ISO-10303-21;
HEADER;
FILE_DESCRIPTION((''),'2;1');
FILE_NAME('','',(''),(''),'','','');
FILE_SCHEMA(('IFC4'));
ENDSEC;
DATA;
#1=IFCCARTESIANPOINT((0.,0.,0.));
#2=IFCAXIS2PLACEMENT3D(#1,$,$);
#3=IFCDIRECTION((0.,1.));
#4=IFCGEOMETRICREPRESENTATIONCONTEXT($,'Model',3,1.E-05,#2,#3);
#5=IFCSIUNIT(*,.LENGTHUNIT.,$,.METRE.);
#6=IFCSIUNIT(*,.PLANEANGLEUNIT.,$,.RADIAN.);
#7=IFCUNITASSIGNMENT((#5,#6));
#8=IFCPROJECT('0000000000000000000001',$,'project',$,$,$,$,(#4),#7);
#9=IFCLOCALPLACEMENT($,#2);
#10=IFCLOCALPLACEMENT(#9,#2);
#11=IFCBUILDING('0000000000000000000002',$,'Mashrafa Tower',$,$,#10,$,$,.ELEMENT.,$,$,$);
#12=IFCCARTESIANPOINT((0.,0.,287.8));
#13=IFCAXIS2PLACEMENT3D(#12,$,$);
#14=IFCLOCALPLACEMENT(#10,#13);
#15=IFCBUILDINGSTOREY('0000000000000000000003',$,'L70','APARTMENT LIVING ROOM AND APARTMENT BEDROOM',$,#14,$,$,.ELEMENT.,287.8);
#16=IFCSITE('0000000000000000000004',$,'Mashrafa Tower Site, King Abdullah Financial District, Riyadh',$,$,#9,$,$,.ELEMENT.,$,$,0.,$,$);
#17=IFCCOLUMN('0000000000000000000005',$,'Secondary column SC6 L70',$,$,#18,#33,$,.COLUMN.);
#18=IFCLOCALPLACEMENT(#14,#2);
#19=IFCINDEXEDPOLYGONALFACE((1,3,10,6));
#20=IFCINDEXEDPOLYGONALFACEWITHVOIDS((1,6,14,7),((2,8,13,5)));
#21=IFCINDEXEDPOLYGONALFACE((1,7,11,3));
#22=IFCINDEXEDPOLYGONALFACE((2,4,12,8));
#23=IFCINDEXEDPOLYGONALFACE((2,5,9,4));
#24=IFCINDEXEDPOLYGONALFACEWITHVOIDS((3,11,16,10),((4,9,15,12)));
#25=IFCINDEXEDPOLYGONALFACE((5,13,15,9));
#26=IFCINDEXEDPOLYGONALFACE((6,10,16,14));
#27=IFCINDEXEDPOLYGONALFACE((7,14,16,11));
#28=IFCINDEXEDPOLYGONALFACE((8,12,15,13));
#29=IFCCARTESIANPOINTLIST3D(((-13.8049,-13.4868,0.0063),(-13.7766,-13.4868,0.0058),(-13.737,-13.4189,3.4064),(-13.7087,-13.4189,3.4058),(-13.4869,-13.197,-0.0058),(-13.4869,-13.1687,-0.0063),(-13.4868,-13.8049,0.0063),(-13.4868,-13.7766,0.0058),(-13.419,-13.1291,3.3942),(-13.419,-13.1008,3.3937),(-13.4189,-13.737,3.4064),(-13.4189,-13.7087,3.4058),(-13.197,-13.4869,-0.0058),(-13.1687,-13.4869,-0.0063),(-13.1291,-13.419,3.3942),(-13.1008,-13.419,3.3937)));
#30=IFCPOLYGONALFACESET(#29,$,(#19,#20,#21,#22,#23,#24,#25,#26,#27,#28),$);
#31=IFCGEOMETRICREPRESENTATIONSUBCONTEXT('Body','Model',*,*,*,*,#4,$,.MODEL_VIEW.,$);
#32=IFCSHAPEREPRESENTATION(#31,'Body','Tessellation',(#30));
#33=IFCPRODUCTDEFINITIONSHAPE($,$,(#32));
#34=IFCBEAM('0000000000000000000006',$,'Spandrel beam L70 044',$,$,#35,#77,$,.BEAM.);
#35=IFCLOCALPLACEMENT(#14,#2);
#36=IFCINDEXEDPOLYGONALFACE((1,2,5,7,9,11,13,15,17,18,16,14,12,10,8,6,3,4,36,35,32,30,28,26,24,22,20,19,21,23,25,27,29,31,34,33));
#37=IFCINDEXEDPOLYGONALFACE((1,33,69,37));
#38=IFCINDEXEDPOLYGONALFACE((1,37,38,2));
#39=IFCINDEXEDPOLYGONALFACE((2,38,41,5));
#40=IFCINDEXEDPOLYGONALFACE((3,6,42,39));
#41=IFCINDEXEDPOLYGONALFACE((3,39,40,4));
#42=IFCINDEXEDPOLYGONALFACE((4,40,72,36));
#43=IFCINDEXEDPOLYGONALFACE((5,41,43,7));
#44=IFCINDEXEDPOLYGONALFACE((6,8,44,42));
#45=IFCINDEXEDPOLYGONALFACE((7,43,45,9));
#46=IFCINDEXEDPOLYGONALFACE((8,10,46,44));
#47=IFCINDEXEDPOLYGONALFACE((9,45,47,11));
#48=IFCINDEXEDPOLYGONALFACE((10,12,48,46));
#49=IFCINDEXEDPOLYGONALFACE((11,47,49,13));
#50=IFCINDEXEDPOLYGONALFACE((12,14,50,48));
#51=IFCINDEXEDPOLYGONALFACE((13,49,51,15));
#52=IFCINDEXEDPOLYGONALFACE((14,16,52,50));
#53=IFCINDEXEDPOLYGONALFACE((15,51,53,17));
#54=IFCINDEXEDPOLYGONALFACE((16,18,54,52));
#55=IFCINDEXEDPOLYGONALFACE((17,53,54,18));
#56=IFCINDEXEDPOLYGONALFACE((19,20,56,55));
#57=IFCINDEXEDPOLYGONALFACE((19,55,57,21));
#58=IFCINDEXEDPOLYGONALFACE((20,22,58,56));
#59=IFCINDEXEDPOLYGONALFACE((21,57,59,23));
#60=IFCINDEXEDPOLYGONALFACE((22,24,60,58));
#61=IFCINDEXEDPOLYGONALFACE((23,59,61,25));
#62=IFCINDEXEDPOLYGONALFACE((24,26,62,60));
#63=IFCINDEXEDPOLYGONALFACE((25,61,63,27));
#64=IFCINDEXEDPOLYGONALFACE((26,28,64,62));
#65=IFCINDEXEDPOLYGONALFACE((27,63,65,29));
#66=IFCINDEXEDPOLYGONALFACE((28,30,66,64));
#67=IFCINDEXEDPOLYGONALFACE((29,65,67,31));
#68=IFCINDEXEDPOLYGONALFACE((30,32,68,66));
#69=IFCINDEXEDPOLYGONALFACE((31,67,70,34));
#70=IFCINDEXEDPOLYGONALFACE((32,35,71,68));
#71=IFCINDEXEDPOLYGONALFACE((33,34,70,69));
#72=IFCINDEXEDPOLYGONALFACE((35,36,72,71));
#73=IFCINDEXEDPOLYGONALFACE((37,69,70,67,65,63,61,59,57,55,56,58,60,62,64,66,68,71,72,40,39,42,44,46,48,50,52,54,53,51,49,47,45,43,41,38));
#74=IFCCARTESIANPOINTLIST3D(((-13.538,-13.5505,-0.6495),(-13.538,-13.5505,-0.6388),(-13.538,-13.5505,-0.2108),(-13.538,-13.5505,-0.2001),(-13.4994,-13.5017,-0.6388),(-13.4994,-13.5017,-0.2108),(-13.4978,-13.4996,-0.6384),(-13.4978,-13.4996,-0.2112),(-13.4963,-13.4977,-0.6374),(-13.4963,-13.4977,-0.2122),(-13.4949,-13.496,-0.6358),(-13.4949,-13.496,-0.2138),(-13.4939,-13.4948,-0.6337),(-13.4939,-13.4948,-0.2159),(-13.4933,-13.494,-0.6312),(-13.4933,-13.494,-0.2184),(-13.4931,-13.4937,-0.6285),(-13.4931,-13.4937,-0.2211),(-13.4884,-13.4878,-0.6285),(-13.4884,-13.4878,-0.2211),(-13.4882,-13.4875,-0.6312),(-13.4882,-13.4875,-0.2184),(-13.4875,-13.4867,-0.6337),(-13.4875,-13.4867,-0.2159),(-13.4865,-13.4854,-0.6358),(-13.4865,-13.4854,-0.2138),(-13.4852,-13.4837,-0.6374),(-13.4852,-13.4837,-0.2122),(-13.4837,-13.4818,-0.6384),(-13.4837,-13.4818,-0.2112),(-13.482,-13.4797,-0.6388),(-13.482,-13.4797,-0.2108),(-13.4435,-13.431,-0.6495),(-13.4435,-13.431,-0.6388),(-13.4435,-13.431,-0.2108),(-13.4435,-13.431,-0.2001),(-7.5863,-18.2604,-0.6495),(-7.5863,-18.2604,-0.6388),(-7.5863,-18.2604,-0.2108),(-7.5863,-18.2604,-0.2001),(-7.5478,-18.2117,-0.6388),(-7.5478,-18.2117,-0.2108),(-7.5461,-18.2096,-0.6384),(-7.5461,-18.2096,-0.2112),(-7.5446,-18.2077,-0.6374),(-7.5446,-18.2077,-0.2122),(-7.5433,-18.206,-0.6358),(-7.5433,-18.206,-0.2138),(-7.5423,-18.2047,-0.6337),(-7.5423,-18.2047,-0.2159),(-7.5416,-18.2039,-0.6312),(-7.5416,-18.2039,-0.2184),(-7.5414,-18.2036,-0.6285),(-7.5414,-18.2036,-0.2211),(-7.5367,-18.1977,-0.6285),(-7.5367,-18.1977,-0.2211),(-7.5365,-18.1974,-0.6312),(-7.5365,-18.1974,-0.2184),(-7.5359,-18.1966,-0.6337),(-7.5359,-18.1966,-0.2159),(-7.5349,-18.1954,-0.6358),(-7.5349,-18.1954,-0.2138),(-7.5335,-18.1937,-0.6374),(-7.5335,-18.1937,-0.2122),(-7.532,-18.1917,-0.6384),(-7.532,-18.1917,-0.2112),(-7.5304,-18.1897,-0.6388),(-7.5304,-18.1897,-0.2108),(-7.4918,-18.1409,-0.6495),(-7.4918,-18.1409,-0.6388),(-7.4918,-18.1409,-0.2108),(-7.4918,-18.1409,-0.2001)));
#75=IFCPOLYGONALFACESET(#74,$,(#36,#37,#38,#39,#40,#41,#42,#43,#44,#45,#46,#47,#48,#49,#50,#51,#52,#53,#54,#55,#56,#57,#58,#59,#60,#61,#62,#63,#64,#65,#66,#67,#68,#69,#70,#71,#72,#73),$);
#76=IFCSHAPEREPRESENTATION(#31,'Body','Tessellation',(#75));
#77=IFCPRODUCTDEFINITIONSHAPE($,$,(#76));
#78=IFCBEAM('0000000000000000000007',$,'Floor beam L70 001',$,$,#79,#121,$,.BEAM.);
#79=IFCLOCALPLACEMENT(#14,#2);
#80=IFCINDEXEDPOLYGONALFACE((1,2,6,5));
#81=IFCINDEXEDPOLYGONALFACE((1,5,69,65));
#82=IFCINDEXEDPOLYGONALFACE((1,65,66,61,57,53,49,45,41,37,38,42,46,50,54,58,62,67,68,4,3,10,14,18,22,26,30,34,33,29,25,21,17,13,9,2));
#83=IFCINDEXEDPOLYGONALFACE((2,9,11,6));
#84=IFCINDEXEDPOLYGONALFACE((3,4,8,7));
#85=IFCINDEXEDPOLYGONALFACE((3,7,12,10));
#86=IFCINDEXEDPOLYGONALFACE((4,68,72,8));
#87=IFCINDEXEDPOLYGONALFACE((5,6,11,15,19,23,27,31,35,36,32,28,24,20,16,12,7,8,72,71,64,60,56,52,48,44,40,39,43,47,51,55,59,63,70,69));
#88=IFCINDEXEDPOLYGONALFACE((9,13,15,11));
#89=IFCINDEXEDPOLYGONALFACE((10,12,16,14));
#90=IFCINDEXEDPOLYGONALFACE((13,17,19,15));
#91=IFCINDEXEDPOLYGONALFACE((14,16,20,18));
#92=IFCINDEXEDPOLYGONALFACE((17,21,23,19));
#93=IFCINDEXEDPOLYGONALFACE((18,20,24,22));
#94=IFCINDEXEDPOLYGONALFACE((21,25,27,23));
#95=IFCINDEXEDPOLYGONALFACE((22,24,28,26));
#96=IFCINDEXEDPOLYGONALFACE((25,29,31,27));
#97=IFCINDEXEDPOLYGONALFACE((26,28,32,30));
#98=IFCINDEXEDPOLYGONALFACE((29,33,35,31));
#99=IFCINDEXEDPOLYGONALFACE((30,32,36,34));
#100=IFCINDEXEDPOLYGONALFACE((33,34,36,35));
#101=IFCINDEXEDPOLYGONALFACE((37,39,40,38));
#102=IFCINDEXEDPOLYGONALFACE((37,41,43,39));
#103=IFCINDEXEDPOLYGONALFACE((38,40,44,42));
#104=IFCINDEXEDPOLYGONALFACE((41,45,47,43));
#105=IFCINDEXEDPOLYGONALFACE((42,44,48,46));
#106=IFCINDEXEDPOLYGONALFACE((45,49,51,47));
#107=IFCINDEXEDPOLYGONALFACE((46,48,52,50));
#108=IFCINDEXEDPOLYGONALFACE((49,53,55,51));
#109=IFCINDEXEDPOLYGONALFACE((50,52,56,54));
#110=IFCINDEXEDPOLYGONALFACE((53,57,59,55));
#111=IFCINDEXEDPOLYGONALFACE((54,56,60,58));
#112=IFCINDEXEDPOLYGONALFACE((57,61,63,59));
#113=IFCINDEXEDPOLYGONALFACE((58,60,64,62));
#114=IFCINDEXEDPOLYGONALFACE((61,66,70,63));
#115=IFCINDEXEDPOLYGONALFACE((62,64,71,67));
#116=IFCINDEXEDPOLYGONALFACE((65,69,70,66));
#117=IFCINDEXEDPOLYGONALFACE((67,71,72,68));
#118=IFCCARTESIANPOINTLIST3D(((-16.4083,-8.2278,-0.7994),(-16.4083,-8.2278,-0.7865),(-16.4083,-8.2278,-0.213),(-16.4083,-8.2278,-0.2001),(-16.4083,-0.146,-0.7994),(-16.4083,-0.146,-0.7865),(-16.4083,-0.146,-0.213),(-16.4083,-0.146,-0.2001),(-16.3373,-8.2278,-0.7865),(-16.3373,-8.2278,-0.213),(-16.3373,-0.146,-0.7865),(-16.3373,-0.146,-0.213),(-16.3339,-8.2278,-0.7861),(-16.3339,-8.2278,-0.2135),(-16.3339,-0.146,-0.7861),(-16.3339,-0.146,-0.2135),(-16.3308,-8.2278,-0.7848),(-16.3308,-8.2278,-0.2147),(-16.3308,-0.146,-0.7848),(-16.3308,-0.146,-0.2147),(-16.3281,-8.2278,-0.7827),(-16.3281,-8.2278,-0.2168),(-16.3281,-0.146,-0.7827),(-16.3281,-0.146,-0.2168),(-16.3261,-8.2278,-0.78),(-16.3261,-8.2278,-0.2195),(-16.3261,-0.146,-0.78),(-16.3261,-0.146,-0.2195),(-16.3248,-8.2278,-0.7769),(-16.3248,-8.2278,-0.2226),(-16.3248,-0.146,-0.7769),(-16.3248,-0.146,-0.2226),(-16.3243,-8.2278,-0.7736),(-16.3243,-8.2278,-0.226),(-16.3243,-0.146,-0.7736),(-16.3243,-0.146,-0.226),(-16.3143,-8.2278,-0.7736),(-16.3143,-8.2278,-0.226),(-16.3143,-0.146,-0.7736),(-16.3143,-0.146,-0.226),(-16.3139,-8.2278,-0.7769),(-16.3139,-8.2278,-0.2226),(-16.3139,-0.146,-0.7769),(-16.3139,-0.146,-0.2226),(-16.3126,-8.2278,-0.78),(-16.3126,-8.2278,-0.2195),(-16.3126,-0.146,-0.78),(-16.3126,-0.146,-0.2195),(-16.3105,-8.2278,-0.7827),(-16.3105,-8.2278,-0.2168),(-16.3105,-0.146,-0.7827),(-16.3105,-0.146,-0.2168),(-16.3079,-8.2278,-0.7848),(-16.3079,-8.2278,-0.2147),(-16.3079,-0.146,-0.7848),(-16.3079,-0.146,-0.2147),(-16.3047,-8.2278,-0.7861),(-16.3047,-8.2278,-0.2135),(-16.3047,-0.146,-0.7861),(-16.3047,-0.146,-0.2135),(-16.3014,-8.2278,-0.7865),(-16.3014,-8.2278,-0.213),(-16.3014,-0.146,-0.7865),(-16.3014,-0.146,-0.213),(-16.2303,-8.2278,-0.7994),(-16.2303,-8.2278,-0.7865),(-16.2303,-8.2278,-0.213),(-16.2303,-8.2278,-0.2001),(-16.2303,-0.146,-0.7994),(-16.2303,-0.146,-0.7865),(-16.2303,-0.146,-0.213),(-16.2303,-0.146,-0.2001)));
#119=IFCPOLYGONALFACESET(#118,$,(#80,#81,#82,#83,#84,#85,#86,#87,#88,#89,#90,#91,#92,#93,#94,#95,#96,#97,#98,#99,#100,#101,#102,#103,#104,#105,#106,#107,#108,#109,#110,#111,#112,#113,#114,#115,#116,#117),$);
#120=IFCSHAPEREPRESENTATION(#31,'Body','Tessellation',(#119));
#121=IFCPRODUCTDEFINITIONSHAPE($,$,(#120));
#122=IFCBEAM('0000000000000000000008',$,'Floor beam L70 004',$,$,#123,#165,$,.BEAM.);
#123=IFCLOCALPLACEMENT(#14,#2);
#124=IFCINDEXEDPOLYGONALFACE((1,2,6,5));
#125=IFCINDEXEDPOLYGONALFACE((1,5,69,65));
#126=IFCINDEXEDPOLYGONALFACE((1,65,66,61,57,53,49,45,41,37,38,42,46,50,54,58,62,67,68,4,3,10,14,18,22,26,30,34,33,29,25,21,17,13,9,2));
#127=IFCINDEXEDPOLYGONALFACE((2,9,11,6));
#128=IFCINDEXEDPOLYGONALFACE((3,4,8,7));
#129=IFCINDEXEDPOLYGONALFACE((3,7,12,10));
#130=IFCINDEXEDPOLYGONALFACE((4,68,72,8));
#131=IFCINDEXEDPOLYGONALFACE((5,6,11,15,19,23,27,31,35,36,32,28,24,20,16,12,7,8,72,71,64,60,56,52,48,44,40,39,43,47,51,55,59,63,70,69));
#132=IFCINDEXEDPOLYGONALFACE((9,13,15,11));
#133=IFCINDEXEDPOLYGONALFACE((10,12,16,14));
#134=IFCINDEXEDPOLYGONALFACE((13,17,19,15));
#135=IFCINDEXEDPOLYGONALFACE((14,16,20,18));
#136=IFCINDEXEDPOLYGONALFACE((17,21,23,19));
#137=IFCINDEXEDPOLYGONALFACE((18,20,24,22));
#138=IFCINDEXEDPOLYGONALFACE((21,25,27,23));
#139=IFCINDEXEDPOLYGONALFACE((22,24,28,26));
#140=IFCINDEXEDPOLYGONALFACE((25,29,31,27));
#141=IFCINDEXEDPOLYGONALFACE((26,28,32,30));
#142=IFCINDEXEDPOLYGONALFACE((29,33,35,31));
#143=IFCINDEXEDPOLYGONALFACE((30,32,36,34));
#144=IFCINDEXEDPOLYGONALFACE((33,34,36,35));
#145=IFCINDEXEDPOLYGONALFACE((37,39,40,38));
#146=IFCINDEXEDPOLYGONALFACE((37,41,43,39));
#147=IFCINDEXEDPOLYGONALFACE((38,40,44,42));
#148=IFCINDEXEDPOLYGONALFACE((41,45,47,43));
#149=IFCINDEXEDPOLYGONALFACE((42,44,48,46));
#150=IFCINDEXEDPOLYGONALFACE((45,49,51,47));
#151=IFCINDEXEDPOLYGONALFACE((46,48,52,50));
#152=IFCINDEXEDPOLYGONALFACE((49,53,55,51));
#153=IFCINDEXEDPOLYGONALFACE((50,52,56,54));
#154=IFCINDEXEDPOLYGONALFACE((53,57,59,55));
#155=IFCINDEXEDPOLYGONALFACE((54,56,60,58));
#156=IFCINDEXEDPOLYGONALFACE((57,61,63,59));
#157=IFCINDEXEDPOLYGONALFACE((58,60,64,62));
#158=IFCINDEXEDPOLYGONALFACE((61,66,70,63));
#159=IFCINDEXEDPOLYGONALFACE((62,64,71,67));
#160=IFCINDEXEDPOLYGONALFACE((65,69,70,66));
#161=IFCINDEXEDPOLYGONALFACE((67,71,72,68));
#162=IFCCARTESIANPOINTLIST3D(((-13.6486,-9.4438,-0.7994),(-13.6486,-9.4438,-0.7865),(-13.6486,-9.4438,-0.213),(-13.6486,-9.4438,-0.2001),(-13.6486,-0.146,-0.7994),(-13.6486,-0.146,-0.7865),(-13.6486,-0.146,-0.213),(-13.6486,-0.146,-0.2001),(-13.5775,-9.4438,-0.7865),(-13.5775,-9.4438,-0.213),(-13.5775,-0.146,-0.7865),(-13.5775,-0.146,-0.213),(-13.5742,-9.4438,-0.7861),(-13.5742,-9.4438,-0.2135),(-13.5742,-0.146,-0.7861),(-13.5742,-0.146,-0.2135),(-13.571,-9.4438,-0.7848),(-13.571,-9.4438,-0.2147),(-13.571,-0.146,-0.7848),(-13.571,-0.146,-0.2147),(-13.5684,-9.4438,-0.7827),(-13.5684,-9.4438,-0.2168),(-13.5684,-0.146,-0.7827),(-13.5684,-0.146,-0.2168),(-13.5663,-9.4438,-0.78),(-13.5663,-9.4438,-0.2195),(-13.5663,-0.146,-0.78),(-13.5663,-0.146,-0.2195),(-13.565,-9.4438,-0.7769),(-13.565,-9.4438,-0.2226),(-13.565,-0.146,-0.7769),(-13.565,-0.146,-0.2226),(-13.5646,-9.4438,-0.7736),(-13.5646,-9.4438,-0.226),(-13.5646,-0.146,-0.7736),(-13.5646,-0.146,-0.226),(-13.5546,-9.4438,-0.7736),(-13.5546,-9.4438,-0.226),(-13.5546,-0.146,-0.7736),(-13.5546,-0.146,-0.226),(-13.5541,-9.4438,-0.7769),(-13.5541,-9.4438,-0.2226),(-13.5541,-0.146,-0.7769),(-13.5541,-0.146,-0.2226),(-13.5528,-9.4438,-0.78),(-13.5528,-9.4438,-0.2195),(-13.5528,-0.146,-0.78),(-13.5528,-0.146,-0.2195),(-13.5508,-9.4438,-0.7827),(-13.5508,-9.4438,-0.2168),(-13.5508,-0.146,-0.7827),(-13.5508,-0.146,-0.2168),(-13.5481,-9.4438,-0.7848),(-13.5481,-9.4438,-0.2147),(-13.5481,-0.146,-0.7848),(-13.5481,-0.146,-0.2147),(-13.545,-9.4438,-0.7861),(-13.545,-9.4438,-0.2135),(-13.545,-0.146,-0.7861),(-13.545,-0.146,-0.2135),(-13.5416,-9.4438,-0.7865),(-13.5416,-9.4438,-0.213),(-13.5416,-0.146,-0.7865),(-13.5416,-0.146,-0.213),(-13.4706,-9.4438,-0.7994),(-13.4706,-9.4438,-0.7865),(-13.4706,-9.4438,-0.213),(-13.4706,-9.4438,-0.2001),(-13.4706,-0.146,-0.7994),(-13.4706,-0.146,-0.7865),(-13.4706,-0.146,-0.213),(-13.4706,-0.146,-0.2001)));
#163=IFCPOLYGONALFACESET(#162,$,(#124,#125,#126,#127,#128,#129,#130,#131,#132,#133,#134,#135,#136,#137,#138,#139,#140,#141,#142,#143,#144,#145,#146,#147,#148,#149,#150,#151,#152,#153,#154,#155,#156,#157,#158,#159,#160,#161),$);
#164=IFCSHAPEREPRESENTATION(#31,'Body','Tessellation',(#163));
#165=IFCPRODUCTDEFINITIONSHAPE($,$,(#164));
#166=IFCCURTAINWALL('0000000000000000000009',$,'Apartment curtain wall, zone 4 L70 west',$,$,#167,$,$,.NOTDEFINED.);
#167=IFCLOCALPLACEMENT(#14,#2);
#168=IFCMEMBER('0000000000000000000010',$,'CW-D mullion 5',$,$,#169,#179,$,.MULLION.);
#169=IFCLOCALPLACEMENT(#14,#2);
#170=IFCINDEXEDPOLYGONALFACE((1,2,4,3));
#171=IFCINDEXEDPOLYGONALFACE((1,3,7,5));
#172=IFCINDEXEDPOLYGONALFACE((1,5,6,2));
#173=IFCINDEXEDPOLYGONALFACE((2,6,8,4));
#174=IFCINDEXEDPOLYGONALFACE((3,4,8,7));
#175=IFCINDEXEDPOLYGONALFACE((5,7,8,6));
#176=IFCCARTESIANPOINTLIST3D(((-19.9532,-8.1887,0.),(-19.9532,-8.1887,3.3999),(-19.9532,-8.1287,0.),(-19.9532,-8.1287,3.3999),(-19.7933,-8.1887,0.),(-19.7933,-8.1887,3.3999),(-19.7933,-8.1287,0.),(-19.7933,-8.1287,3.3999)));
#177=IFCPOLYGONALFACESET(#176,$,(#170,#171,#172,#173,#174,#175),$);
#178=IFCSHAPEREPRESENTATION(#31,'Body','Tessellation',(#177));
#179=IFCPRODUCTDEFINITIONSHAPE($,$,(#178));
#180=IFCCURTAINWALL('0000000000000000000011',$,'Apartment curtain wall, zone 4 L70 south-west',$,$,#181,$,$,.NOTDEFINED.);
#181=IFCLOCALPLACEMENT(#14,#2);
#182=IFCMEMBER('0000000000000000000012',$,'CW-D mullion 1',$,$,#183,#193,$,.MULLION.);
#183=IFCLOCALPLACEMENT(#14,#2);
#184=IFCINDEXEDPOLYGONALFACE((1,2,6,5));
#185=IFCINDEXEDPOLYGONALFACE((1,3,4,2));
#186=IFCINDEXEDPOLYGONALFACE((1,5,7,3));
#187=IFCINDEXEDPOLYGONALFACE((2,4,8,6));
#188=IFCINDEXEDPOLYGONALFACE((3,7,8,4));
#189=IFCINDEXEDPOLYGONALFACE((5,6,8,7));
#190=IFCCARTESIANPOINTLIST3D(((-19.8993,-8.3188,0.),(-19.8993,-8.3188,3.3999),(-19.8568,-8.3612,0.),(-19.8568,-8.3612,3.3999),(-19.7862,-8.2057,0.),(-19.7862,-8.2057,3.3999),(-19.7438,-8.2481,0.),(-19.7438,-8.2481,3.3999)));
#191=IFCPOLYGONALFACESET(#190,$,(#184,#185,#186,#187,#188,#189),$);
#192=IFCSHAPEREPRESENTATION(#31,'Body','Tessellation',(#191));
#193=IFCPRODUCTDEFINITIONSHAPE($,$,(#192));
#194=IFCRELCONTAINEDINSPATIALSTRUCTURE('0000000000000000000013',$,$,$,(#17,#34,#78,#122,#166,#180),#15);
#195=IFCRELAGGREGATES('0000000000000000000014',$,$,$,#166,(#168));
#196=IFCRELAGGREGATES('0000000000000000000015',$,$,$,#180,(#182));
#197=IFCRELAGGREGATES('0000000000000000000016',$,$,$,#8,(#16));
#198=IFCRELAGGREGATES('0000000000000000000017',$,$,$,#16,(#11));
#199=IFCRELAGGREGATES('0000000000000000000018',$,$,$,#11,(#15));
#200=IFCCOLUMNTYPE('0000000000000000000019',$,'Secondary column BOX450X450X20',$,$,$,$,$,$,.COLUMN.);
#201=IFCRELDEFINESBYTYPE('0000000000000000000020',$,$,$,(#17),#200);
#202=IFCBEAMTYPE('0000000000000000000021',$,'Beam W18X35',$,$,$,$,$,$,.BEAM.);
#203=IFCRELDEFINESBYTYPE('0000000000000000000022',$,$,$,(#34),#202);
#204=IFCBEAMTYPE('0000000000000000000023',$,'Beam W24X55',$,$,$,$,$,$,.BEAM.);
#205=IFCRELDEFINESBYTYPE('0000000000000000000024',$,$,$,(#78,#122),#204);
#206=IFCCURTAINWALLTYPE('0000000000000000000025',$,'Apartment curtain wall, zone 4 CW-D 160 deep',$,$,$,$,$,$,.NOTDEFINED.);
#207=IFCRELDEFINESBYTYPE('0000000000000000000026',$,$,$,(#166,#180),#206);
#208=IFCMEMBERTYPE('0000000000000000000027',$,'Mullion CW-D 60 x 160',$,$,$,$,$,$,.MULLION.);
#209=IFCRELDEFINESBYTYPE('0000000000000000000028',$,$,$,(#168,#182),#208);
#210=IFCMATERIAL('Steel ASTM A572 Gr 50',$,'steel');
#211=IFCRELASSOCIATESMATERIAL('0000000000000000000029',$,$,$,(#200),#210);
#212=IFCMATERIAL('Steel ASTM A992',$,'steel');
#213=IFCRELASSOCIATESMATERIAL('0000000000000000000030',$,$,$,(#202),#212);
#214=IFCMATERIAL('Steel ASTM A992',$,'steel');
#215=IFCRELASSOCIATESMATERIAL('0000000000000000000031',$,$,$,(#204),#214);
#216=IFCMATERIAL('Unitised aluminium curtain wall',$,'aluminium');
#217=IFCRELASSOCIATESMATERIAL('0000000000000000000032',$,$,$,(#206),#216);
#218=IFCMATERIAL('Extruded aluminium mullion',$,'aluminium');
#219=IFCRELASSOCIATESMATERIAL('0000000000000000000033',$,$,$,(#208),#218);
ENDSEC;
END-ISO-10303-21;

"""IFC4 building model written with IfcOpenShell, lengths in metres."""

from ifc_helpers import new_model, si_unit, direction, frame, origin, origin_2d, place, context, subcontext, project, spatial, rectangle, hollow_rectangle, i_section, extrude, source, transform, mapped, material, material_profile, profile_set, type_object, type_shapes, element, aggregate, save


model = new_model("IFC4")

# Units and contexts
model_context = context("Model", 3, precision=1e-05, world=origin(), true_north=direction((0.0, 1.0)))
body_context = subcontext(model_context, "Body", "Model", "MODEL_VIEW")
ifc_project = project(units=[si_unit("LENGTHUNIT", "METRE"), si_unit("PLANEANGLEUNIT", "RADIAN")], contexts=[model_context])

# Site, building, storey
site_placement = place(None, origin())
site = spatial("IfcSite", under=ifc_project, at=site_placement, Name="Mashrafa Tower Site, King Abdullah Financial District, Riyadh", CompositionType="ELEMENT", RefElevation=0.0)
building_placement = place(site_placement, origin())
building = spatial("IfcBuilding", under=site, at=building_placement, Name="Mashrafa Tower", CompositionType="ELEMENT")
storey_placement = place(building_placement, frame((0.0, 0.0, 287.8)))
storey = spatial("IfcBuildingStorey", under=building, at=storey_placement, Name="L70", Description="APARTMENT LIVING ROOM AND APARTMENT BEDROOM", CompositionType="ELEMENT", Elevation=287.8)

# Column
ifc_material_1 = material(Name="Steel ASTM A572 Gr 50", Category="steel")
ifc_material_profile_1 = material_profile(ifc_material_1, hollow_rectangle(XDim=0.45, YDim=0.45, WallThickness=0.02, at=origin_2d()), Name="BOX450X450X20")
ifc_profile_set_1 = profile_set([ifc_material_profile_1], Name="Steel ASTM A572 Gr 50")
column_type = type_object("IfcColumnType", Name="Secondary column BOX450X450X20", PredefinedType="COLUMN", material=ifc_profile_set_1)
column_placement = place(storey_placement, frame((-13.4868, -13.4868, 0.0), z_axis=(0.019955, 0.019955, 0.999602), x_axis=(-0.707107, 0.707107, 0.0)))
element("IfcColumn", 1, at=column_placement, inside=storey, type_object=column_type, Name="Secondary column SC6 L70", PredefinedType="COLUMN", context=body_context, shape_type="SweptSolid", body=[
    extrude(hollow_rectangle(XDim=0.45, YDim=0.45, WallThickness=0.02, at=origin_2d()), origin(), (0.0, 0.0, 1.0), 3.4014),
])

# Beams
ifc_material_2 = material(Name="Steel ASTM A992", Category="steel")
ifc_material_profile_2 = material_profile(ifc_material_2, i_section(OverallWidth=0.1523, OverallDepth=0.4495, WebThickness=0.0076, FlangeThickness=0.0107, FilletRadius=0.0103, at=origin_2d()), Name="W18X35")
ifc_profile_set_2 = profile_set([ifc_material_profile_2], Name="Steel ASTM A992")
beam_type_1 = type_object("IfcBeamType", Name="Beam W18X35", PredefinedType="BEAM", material=ifc_profile_set_2)
beam_1_placement = place(storey_placement, frame((-13.4907, -13.4907, -0.4248), z_axis=(0.784159, -0.62056, 0.0), x_axis=(0.62056, 0.784159, 0.0)))
element("IfcBeam", 2, at=beam_1_placement, inside=storey, type_object=beam_type_1, Name="Spandrel beam L70 044", PredefinedType="BEAM", context=body_context, shape_type="SweptSolid", body=[
    extrude(i_section(OverallWidth=0.1523, OverallDepth=0.4495, WebThickness=0.0076, FlangeThickness=0.0107, FilletRadius=0.0103, at=origin_2d()), origin(), (0.0, 0.0, 1.0), 7.5898),
])
ifc_material_3 = material(Name="Steel ASTM A992", Category="steel")
ifc_material_profile_3 = material_profile(ifc_material_3, i_section(OverallWidth=0.178, OverallDepth=0.5994, WebThickness=0.01, FlangeThickness=0.0129, FilletRadius=0.0129, at=origin_2d()), Name="W24X55")
ifc_profile_set_3 = profile_set([ifc_material_profile_3], Name="Steel ASTM A992")
beam_type_2 = type_object("IfcBeamType", Name="Beam W24X55", PredefinedType="BEAM", material=ifc_profile_set_3)
beam_2_placement = place(storey_placement, frame((-16.3193, -8.2278, -0.4998), z_axis=(0.0, 1.0, 0.0), x_axis=(-1.0, 0.0, 0.0)))
element("IfcBeam", 3, at=beam_2_placement, inside=storey, type_object=beam_type_2, Name="Floor beam L70 001", PredefinedType="BEAM", context=body_context, shape_type="SweptSolid", body=[
    extrude(i_section(OverallWidth=0.178, OverallDepth=0.5994, WebThickness=0.01, FlangeThickness=0.0129, FilletRadius=0.0129, at=origin_2d()), origin(), (0.0, 0.0, 1.0), 8.0818),
])
beam_3_placement = place(storey_placement, frame((-13.5596, -9.4438, -0.4998), z_axis=(0.0, 1.0, 0.0), x_axis=(-1.0, 0.0, 0.0)))
element("IfcBeam", 4, at=beam_3_placement, inside=storey, type_object=beam_type_2, Name="Floor beam L70 004", PredefinedType="BEAM", context=body_context, shape_type="SweptSolid", body=[
    extrude(i_section(OverallWidth=0.178, OverallDepth=0.5994, WebThickness=0.01, FlangeThickness=0.0129, FilletRadius=0.0129, at=origin_2d()), origin(), (0.0, 0.0, 1.0), 9.2979),
])

# Curtain wall, member
ifc_material_4 = material(Name="Unitised aluminium curtain wall", Category="aluminium")
curtain_wall_type = type_object("IfcCurtainWallType", Name="Apartment curtain wall, zone 4 CW-D 160 deep", PredefinedType="NOTDEFINED", material=ifc_material_4)
curtain_wall_1_placement = place(storey_placement, origin())
curtain_wall_1 = element("IfcCurtainWall", 5, at=curtain_wall_1_placement, inside=storey, type_object=curtain_wall_type, Name="Apartment curtain wall, zone 4 L70 west", PredefinedType="NOTDEFINED")
ifc_material_5 = material(Name="Extruded aluminium mullion", Category="aluminium")
ifc_material_profile_4 = material_profile(ifc_material_5, rectangle(XDim=0.1599, YDim=0.0601, at=origin_2d()), Name="Mullion 60x160")
ifc_profile_set_4 = profile_set([ifc_material_profile_4], Name="Extruded aluminium mullion")
member_type_1 = type_object("IfcMemberType", Name="Mullion CW-D 60 x 160", PredefinedType="MULLION", material=ifc_profile_set_4)
shared_shape_1 = source(origin(), body_context, "Body", "SweptSolid", [
    extrude(rectangle(XDim=0.1599, YDim=0.0601, at=origin_2d()), origin(), (0.0, 0.0, 1.0), 3.3999),
])
type_shapes(member_type_1, [shared_shape_1])
member_1_placement = place(storey_placement, frame((-19.8733, -8.1587, 0.0), z_axis=(0.0, 0.0, 1.0), x_axis=(1.0, 0.0, 0.0)))
member_1 = element("IfcMember", 6, at=member_1_placement, type_object=member_type_1, Name="CW-D mullion 5", PredefinedType="MULLION", context=body_context, shape_type="MappedRepresentation", body=[
    mapped(shared_shape_1, transform((0.0, 0.0, 0.0))),
])
aggregate(curtain_wall_1, [member_1])

# Curtain wall, member
curtain_wall_2_placement = place(storey_placement, origin())
curtain_wall_2 = element("IfcCurtainWall", 7, at=curtain_wall_2_placement, inside=storey, type_object=curtain_wall_type, Name="Apartment curtain wall, zone 4 L70 south-west", PredefinedType="NOTDEFINED")
member_2_placement = place(storey_placement, frame((-19.8215, -8.2834, 0.0), z_axis=(0.0, 0.0, 1.0), x_axis=(0.707107, 0.707107, 0.0)))
member_2 = element("IfcMember", 8, at=member_2_placement, type_object=member_type_1, Name="CW-D mullion 1", PredefinedType="MULLION", context=body_context, shape_type="MappedRepresentation", body=[
    mapped(shared_shape_1, transform((0.0, 0.0, 0.0))),
])
aggregate(curtain_wall_2, [member_2])

save(model, "model.ifc")
